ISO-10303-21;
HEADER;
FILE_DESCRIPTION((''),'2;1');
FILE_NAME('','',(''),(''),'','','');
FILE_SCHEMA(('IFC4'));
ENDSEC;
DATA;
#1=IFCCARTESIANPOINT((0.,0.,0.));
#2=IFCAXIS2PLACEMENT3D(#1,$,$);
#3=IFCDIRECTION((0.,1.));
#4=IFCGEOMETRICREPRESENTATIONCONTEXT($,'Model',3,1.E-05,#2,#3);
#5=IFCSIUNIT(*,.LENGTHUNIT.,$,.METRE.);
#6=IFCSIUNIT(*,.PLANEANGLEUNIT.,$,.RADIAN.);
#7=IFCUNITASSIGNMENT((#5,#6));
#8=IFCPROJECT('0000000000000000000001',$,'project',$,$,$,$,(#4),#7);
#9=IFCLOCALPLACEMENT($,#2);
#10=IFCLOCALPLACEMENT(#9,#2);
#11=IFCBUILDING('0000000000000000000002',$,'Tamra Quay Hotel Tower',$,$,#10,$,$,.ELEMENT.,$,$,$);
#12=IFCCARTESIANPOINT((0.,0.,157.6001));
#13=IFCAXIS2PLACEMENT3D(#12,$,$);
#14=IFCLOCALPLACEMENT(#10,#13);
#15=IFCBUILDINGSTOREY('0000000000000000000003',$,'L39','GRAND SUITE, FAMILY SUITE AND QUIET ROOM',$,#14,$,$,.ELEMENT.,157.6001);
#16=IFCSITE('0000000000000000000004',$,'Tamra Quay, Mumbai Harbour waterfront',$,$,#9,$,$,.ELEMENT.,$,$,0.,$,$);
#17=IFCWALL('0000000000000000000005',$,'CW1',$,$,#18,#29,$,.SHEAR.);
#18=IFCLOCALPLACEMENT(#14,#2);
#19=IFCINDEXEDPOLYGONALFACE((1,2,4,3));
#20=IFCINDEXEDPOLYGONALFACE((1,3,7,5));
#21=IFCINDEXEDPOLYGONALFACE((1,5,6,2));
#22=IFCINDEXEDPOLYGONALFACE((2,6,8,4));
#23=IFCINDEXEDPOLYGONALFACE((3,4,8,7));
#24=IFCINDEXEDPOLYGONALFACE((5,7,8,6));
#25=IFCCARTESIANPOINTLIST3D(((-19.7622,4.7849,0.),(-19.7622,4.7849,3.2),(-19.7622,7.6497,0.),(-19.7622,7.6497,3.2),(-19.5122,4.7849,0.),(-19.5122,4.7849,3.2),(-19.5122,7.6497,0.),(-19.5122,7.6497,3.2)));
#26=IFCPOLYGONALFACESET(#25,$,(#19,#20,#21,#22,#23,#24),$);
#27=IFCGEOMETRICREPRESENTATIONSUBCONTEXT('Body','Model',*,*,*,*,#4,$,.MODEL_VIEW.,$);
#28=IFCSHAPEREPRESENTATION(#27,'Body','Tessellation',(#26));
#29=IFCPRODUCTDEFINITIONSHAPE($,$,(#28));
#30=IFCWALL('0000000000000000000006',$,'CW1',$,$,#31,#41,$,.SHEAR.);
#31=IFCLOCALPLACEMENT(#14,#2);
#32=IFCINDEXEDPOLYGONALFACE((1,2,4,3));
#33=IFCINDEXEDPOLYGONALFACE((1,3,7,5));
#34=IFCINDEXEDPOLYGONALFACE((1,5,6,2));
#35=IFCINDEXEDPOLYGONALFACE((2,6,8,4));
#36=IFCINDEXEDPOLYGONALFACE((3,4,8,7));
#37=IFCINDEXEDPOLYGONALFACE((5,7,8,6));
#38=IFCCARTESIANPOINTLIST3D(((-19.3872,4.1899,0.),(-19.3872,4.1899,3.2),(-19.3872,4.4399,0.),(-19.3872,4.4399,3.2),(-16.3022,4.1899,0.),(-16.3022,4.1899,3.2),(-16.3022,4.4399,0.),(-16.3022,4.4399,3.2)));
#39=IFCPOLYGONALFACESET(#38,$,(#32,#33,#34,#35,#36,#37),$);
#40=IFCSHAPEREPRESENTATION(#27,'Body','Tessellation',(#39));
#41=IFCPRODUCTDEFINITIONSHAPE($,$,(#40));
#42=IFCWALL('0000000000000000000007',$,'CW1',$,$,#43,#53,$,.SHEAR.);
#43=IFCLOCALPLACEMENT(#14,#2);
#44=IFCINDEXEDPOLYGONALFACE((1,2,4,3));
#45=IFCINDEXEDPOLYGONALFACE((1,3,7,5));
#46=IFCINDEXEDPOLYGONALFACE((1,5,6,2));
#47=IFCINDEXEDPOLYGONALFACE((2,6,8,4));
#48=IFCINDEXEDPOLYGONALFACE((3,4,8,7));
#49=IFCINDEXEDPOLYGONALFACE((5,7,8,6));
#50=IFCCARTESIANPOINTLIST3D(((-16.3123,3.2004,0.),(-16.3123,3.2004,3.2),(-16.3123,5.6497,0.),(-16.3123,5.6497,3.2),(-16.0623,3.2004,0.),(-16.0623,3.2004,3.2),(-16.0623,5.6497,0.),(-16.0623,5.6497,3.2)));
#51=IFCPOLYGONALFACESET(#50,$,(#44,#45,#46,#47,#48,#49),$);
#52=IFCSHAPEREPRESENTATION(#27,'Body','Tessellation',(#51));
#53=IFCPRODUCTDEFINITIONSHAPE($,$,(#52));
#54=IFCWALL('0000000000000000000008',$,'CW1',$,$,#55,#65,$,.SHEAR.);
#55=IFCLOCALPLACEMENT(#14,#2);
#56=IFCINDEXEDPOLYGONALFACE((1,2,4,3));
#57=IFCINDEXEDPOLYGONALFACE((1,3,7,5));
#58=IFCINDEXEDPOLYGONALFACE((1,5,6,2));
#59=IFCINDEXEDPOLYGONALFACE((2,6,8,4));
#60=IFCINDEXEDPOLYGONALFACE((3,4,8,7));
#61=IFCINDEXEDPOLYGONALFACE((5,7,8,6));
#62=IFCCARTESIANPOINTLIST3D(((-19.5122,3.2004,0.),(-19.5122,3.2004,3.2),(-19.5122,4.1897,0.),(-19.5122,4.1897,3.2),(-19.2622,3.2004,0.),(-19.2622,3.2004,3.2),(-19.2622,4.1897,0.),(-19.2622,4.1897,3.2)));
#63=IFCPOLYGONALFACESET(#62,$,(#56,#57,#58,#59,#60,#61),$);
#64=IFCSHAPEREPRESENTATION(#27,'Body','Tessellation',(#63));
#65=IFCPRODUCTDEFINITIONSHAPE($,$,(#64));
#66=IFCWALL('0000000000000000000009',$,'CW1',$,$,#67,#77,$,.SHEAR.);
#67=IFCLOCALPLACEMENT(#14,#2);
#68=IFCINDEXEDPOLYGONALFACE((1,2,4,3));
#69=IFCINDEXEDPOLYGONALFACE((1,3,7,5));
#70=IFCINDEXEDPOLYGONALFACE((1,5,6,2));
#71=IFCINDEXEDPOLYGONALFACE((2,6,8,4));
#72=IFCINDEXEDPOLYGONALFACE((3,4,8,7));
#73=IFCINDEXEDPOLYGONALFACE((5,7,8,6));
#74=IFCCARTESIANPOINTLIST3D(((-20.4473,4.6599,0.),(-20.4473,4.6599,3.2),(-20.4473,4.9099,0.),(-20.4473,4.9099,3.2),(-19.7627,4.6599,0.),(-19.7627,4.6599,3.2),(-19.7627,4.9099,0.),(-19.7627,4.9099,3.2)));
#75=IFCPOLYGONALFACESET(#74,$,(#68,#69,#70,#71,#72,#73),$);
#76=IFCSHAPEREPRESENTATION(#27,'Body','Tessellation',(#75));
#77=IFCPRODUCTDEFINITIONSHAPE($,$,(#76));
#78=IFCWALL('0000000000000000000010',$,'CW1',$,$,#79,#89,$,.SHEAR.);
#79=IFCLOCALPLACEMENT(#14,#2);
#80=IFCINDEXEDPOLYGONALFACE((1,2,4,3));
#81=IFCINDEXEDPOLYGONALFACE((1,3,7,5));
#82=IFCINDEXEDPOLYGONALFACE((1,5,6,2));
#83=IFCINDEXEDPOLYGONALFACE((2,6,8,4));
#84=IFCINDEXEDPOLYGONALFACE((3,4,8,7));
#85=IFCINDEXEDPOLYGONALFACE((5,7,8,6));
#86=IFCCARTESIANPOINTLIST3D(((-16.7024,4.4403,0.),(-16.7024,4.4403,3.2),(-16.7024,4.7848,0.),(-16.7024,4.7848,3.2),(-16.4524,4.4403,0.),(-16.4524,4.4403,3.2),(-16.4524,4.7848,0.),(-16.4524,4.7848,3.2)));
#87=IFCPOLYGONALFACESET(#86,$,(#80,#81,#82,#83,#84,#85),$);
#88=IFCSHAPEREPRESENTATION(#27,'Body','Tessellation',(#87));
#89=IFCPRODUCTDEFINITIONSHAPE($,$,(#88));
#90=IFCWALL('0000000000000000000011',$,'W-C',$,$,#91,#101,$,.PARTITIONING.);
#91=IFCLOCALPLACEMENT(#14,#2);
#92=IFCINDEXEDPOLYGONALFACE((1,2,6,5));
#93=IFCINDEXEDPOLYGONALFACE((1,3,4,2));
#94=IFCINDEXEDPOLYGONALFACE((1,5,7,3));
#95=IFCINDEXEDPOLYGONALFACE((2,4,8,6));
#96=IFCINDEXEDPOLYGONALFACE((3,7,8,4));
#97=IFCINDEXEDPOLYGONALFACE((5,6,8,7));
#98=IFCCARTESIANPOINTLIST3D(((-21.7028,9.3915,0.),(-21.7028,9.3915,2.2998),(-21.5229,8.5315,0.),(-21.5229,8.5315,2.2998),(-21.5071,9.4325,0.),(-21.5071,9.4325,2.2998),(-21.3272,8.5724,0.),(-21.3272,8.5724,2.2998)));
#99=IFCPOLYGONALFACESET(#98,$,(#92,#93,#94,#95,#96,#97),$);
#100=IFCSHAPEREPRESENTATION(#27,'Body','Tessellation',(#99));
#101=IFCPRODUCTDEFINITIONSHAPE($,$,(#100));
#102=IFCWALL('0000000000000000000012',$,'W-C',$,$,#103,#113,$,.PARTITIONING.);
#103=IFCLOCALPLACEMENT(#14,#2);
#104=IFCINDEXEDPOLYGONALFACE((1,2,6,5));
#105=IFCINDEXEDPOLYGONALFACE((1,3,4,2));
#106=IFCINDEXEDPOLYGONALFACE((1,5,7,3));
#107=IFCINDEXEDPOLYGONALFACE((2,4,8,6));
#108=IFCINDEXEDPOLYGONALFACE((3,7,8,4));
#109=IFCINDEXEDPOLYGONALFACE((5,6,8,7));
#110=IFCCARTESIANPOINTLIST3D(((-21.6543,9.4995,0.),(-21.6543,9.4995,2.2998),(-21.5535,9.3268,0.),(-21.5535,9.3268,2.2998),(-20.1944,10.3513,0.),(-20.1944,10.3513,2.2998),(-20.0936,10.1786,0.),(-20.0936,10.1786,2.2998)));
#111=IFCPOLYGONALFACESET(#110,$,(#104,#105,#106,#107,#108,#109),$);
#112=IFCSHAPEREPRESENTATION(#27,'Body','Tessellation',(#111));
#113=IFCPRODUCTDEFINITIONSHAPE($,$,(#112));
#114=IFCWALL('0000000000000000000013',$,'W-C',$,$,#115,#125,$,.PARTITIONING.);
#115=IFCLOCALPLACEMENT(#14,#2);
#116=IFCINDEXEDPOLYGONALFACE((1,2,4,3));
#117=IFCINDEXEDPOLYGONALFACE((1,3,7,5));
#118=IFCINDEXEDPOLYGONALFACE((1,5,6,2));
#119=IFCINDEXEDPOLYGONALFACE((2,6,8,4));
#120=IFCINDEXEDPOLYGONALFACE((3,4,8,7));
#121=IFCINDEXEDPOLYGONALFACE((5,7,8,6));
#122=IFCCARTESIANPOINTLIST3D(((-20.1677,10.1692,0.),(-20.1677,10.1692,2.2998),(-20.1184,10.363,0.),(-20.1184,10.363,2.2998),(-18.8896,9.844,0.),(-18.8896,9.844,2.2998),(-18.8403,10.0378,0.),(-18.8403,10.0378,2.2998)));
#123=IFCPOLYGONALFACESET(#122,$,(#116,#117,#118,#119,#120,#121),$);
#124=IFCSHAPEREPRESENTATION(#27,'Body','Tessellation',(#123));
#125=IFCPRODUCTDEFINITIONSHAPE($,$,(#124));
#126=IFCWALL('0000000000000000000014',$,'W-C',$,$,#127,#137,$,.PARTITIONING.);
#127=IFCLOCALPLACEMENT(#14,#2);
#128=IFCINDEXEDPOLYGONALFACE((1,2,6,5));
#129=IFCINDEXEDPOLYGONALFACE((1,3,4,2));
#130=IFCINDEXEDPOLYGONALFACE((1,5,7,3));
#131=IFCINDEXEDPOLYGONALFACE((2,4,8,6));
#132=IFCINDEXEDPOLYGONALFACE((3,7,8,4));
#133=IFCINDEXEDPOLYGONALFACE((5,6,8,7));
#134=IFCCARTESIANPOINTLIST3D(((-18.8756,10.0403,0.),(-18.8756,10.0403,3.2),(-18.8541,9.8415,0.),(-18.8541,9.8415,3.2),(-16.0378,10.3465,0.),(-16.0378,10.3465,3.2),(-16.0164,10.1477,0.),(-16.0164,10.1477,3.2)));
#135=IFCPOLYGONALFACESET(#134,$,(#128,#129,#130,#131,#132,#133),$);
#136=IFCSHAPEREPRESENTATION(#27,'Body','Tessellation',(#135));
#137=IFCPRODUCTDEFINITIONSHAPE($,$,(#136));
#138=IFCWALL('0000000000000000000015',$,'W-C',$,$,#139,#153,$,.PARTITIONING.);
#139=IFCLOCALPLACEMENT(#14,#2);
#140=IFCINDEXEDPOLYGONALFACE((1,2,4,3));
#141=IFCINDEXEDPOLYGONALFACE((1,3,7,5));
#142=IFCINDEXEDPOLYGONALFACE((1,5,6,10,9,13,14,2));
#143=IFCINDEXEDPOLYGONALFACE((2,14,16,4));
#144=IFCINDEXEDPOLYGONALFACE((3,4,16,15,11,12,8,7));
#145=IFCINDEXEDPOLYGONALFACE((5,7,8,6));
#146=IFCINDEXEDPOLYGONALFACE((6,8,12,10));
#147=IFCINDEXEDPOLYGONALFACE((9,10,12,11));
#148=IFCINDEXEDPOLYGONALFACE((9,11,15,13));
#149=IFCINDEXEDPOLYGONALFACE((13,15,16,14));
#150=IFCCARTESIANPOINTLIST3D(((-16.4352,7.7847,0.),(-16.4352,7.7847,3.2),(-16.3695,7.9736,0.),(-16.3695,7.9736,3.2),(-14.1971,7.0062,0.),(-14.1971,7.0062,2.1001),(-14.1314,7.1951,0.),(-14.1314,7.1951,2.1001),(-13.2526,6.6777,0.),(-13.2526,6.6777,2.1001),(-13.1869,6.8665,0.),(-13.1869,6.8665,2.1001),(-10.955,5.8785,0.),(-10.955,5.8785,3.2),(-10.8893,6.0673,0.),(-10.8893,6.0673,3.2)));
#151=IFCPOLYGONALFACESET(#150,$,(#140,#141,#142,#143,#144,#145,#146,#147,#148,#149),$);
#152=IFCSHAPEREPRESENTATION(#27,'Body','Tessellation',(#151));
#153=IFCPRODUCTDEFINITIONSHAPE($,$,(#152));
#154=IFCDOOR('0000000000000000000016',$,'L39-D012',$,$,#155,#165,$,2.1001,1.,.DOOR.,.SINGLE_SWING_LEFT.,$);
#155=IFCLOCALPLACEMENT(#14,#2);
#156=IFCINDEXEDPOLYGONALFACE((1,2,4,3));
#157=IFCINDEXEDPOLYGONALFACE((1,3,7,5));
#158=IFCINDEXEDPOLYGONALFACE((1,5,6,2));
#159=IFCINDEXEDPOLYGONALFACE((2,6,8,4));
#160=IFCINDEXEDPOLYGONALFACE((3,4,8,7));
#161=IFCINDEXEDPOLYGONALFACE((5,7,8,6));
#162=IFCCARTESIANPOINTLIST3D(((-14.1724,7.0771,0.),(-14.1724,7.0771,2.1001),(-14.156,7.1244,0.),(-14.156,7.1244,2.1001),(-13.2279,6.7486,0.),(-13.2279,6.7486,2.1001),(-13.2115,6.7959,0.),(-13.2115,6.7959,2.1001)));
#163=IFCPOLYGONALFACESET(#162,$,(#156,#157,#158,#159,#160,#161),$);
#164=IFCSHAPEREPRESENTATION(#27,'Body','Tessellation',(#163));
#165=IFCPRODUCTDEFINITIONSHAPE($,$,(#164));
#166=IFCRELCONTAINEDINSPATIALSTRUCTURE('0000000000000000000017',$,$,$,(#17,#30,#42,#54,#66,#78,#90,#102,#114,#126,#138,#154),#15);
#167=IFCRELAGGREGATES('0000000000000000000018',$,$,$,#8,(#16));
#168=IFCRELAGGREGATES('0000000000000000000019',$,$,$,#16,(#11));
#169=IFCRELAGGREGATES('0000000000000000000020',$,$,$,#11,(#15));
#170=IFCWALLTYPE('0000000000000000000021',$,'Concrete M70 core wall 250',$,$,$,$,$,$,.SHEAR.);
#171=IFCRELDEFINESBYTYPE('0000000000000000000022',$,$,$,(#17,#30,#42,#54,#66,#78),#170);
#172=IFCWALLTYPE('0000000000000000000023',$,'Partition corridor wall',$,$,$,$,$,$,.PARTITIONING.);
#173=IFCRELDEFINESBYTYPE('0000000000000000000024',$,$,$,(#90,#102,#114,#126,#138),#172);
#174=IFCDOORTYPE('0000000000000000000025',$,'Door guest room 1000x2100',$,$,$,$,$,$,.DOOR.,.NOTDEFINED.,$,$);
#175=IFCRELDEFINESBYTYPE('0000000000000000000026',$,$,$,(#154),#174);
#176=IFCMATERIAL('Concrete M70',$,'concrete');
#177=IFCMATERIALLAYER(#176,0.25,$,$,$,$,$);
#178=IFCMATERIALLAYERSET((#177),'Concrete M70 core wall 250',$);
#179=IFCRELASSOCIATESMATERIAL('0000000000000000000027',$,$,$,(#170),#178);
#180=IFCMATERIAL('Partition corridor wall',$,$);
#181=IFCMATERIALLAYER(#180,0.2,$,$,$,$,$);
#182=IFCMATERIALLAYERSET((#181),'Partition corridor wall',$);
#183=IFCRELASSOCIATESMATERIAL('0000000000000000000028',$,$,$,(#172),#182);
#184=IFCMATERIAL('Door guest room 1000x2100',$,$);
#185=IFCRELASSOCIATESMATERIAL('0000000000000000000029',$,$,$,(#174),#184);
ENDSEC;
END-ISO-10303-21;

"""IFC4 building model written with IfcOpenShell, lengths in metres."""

from ifc_helpers import new_model, si_unit, direction, frame, frame_2d, origin, place, context, subcontext, project, spatial, rectangle, extrude, material, layer, layer_set, type_object, element, fill, save


model = new_model("IFC4")

# Units and contexts
model_context = context("Model", 3, precision=1e-05, world=origin(), true_north=direction((0.0, 1.0)))
body_context = subcontext(model_context, "Body", "Model", "MODEL_VIEW")
ifc_project = project(units=[si_unit("LENGTHUNIT", "METRE"), si_unit("PLANEANGLEUNIT", "RADIAN")], contexts=[model_context])

# Site, building, storey
site_placement = place(None, origin())
site = spatial("IfcSite", under=ifc_project, at=site_placement, Name="Tamra Quay, Mumbai Harbour waterfront", CompositionType="ELEMENT", RefElevation=0.0)
building_placement = place(site_placement, origin())
building = spatial("IfcBuilding", under=site, at=building_placement, Name="Tamra Quay Hotel Tower", CompositionType="ELEMENT")
storey_placement = place(building_placement, frame((0.0, 0.0, 157.6001)))
storey = spatial("IfcBuildingStorey", under=building, at=storey_placement, Name="L39", Description="GRAND SUITE, FAMILY SUITE AND QUIET ROOM", CompositionType="ELEMENT", Elevation=157.6001)

# Shared definitions
ifc_material_1 = material(Name="Concrete M70", Category="concrete")

# Walls
ifc_layer_1 = layer(ifc_material_1, 0.25)
ifc_layer_set_1 = layer_set([ifc_layer_1], Name="Concrete M70 core wall 250")
wall_type_1 = type_object("IfcWallType", Name="Concrete M70 core wall 250", PredefinedType="SHEAR", material=ifc_layer_set_1)
for number, where, z_axis, x_axis, name in (
    (1, (-19.6372, 4.7849, 0.0), (0.0, 0.0, 1.0), (0.0, 1.0, 0.0), "CW1"),
):
    element("IfcWall", number, at=place(storey_placement, frame(where, z_axis=z_axis, x_axis=x_axis)), inside=storey, type_object=wall_type_1, Name=name, PredefinedType="SHEAR", context=body_context, shape_type="SweptSolid", body=[
        extrude(rectangle(XDim=2.8647, YDim=0.25, at=frame_2d((1.4324, 0.0))), origin(), (0.0, 0.0, 1.0), 3.2),
    ])
wall_1_placement = place(storey_placement, frame((-16.3022, 4.3149, 0.0), z_axis=(0.0, 0.0, 1.0), x_axis=(-1.0, 0.0, 0.0)))
element("IfcWall", 2, at=wall_1_placement, inside=storey, type_object=wall_type_1, Name="CW1", PredefinedType="SHEAR", context=body_context, shape_type="SweptSolid", body=[
    extrude(rectangle(XDim=3.085, YDim=0.25, at=frame_2d((1.5425, 0.0))), origin(), (0.0, 0.0, 1.0), 3.2),
])
wall_2_placement = place(storey_placement, frame((-16.1873, 3.2004, 0.0), z_axis=(0.0, 0.0, 1.0), x_axis=(0.0, 1.0, 0.0)))
element("IfcWall", 3, at=wall_2_placement, inside=storey, type_object=wall_type_1, Name="CW1", PredefinedType="SHEAR", context=body_context, shape_type="SweptSolid", body=[
    extrude(rectangle(XDim=2.4492, YDim=0.25, at=frame_2d((1.2246, 0.0))), origin(), (0.0, 0.0, 1.0), 3.2),
])
wall_3_placement = place(storey_placement, frame((-19.3872, 4.1897, 0.0), z_axis=(0.0, 0.0, 1.0), x_axis=(0.0, -1.0, 0.0)))
element("IfcWall", 4, at=wall_3_placement, inside=storey, type_object=wall_type_1, Name="CW1", PredefinedType="SHEAR", context=body_context, shape_type="SweptSolid", body=[
    extrude(rectangle(XDim=0.9893, YDim=0.25, at=frame_2d((0.4946, 0.0))), origin(), (0.0, 0.0, 1.0), 3.2),
])
wall_4_placement = place(storey_placement, frame((-20.4473, 4.7849, 0.0), z_axis=(0.0, 0.0, 1.0), x_axis=(1.0, 0.0, 0.0)))
element("IfcWall", 5, at=wall_4_placement, inside=storey, type_object=wall_type_1, Name="CW1", PredefinedType="SHEAR", context=body_context, shape_type="SweptSolid", body=[
    extrude(rectangle(XDim=0.6846, YDim=0.25, at=frame_2d((0.3423, 0.0))), origin(), (0.0, 0.0, 1.0), 3.2),
])
wall_5_placement = place(storey_placement, frame((-16.5774, 4.7849, 0.0), z_axis=(0.0, 0.0, 1.0), x_axis=(0.0, -1.0, 0.0)))
element("IfcWall", 6, at=wall_5_placement, inside=storey, type_object=wall_type_1, Name="CW1", PredefinedType="SHEAR", context=body_context, shape_type="SweptSolid", body=[
    extrude(rectangle(XDim=0.3445, YDim=0.25, at=frame_2d((0.1724, 0.0))), origin(), (0.0, 0.0, 1.0), 3.2),
])
ifc_material_2 = material(Name="Partition corridor wall")
ifc_layer_2 = layer(ifc_material_2, 0.2)
ifc_layer_set_2 = layer_set([ifc_layer_2], Name="Partition corridor wall")
wall_type_2 = type_object("IfcWallType", Name="Partition corridor wall", PredefinedType="PARTITIONING", material=ifc_layer_set_2)
wall_6_placement = place(storey_placement, frame((-21.605, 9.4121, 0.0), z_axis=(0.0, 0.0, 1.0), x_axis=(0.204764, -0.978811, 0.0)))
element("IfcWall", 7, at=wall_6_placement, inside=storey, type_object=wall_type_2, Name="W-C", PredefinedType="PARTITIONING", context=body_context, shape_type="SweptSolid", body=[
    extrude(rectangle(XDim=0.8787, YDim=0.2, at=frame_2d((0.4395, 0.0))), origin(), (0.0, 0.0, 1.0), 2.2998),
])
wall_7_placement = place(storey_placement, frame((-21.604, 9.4131, 0.0), z_axis=(0.0, 0.0, 1.0), x_axis=(0.863737, 0.503943, 0.0)))
element("IfcWall", 8, at=wall_7_placement, inside=storey, type_object=wall_type_2, Name="W-C", PredefinedType="PARTITIONING", context=body_context, shape_type="SweptSolid", body=[
    extrude(rectangle(XDim=1.6902, YDim=0.2, at=frame_2d((0.8452, 0.0))), origin(), (0.0, 0.0, 1.0), 2.2998),
])
wall_8_placement = place(storey_placement, frame((-20.1431, 10.2661, 0.0), z_axis=(0.0, 0.0, 1.0), x_axis=(0.969121, -0.246584, 0.0)))
element("IfcWall", 9, at=wall_8_placement, inside=storey, type_object=wall_type_2, Name="W-C", PredefinedType="PARTITIONING", context=body_context, shape_type="SweptSolid", body=[
    extrude(rectangle(XDim=1.3188, YDim=0.2, at=frame_2d((0.6594, 0.0))), origin(), (0.0, 0.0, 1.0), 2.2998),
])
wall_9_placement = place(storey_placement, frame((-18.865, 9.9409, 0.0), z_axis=(0.0, 0.0, 1.0), x_axis=(0.994231, 0.107258, 0.0)))
element("IfcWall", 10, at=wall_9_placement, inside=storey, type_object=wall_type_2, Name="W-C", PredefinedType="PARTITIONING", context=body_context, shape_type="SweptSolid", body=[
    extrude(rectangle(XDim=2.8542, YDim=0.2, at=frame_2d((1.4272, 0.0))), origin(), (0.0, 0.0, 1.0), 3.2),
])

# Wall, opening, door
wall_10_placement = place(storey_placement, frame((-16.4023, 7.8792, 0.0), z_axis=(0.0, 0.0, 1.0), x_axis=(0.944492, -0.328534, 0.0)))
wall_10 = element("IfcWall", 11, at=wall_10_placement, inside=storey, type_object=wall_type_2, Name="W-C", PredefinedType="PARTITIONING", context=body_context, shape_type="SweptSolid", body=[
    extrude(rectangle(XDim=5.8022, YDim=0.2, at=frame_2d((2.9011, 0.0))), origin(), (0.0, 0.0, 1.0), 3.2),
])
opening_1_placement = place(wall_10_placement, frame((2.3696, 0.0, 0.0)))
opening_1 = element("IfcOpeningElement", 12, at=opening_1_placement, cuts=wall_10, PredefinedType="OPENING", context=body_context, shape_type="SweptSolid", body=[
    extrude(rectangle(XDim=1.0, YDim=2.1001, at=frame_2d((0.5, 1.05))), frame((0.0, 0.1099, 0.0), z_axis=(0.0, -1.0, 0.0), x_axis=(1.0, 0.0, 0.0)), (0.0, 0.0, 1.0), 0.22),
])
ifc_material_3 = material(Name="Door guest room 1000x2100")
door_type_1 = type_object("IfcDoorType", Name="Door guest room 1000x2100", OperationType="NOTDEFINED", PredefinedType="DOOR", material=ifc_material_3)
door_1_placement = place(opening_1_placement, frame((1.0, 0.0, 0.0), z_axis=(0.0, 0.0, 1.0), x_axis=(-1.0, 0.0, 0.0)))
door_1 = element("IfcDoor", 13, at=door_1_placement, inside=storey, type_object=door_type_1, Name="L39-D012", OperationType="SINGLE_SWING_LEFT", OverallHeight=2.1001, OverallWidth=1.0, PredefinedType="DOOR", context=body_context, shape_type="SweptSolid", body=[
    extrude(rectangle(XDim=1.0, YDim=2.1001, at=frame_2d((0.5, 1.05))), frame((0.0, 0.0249, 0.0), z_axis=(0.0, -1.0, 0.0), x_axis=(1.0, 0.0, 0.0)), (0.0, 0.0, 1.0), 0.05),
])
fill(opening_1, door_1)

save(model, "model.ifc")
